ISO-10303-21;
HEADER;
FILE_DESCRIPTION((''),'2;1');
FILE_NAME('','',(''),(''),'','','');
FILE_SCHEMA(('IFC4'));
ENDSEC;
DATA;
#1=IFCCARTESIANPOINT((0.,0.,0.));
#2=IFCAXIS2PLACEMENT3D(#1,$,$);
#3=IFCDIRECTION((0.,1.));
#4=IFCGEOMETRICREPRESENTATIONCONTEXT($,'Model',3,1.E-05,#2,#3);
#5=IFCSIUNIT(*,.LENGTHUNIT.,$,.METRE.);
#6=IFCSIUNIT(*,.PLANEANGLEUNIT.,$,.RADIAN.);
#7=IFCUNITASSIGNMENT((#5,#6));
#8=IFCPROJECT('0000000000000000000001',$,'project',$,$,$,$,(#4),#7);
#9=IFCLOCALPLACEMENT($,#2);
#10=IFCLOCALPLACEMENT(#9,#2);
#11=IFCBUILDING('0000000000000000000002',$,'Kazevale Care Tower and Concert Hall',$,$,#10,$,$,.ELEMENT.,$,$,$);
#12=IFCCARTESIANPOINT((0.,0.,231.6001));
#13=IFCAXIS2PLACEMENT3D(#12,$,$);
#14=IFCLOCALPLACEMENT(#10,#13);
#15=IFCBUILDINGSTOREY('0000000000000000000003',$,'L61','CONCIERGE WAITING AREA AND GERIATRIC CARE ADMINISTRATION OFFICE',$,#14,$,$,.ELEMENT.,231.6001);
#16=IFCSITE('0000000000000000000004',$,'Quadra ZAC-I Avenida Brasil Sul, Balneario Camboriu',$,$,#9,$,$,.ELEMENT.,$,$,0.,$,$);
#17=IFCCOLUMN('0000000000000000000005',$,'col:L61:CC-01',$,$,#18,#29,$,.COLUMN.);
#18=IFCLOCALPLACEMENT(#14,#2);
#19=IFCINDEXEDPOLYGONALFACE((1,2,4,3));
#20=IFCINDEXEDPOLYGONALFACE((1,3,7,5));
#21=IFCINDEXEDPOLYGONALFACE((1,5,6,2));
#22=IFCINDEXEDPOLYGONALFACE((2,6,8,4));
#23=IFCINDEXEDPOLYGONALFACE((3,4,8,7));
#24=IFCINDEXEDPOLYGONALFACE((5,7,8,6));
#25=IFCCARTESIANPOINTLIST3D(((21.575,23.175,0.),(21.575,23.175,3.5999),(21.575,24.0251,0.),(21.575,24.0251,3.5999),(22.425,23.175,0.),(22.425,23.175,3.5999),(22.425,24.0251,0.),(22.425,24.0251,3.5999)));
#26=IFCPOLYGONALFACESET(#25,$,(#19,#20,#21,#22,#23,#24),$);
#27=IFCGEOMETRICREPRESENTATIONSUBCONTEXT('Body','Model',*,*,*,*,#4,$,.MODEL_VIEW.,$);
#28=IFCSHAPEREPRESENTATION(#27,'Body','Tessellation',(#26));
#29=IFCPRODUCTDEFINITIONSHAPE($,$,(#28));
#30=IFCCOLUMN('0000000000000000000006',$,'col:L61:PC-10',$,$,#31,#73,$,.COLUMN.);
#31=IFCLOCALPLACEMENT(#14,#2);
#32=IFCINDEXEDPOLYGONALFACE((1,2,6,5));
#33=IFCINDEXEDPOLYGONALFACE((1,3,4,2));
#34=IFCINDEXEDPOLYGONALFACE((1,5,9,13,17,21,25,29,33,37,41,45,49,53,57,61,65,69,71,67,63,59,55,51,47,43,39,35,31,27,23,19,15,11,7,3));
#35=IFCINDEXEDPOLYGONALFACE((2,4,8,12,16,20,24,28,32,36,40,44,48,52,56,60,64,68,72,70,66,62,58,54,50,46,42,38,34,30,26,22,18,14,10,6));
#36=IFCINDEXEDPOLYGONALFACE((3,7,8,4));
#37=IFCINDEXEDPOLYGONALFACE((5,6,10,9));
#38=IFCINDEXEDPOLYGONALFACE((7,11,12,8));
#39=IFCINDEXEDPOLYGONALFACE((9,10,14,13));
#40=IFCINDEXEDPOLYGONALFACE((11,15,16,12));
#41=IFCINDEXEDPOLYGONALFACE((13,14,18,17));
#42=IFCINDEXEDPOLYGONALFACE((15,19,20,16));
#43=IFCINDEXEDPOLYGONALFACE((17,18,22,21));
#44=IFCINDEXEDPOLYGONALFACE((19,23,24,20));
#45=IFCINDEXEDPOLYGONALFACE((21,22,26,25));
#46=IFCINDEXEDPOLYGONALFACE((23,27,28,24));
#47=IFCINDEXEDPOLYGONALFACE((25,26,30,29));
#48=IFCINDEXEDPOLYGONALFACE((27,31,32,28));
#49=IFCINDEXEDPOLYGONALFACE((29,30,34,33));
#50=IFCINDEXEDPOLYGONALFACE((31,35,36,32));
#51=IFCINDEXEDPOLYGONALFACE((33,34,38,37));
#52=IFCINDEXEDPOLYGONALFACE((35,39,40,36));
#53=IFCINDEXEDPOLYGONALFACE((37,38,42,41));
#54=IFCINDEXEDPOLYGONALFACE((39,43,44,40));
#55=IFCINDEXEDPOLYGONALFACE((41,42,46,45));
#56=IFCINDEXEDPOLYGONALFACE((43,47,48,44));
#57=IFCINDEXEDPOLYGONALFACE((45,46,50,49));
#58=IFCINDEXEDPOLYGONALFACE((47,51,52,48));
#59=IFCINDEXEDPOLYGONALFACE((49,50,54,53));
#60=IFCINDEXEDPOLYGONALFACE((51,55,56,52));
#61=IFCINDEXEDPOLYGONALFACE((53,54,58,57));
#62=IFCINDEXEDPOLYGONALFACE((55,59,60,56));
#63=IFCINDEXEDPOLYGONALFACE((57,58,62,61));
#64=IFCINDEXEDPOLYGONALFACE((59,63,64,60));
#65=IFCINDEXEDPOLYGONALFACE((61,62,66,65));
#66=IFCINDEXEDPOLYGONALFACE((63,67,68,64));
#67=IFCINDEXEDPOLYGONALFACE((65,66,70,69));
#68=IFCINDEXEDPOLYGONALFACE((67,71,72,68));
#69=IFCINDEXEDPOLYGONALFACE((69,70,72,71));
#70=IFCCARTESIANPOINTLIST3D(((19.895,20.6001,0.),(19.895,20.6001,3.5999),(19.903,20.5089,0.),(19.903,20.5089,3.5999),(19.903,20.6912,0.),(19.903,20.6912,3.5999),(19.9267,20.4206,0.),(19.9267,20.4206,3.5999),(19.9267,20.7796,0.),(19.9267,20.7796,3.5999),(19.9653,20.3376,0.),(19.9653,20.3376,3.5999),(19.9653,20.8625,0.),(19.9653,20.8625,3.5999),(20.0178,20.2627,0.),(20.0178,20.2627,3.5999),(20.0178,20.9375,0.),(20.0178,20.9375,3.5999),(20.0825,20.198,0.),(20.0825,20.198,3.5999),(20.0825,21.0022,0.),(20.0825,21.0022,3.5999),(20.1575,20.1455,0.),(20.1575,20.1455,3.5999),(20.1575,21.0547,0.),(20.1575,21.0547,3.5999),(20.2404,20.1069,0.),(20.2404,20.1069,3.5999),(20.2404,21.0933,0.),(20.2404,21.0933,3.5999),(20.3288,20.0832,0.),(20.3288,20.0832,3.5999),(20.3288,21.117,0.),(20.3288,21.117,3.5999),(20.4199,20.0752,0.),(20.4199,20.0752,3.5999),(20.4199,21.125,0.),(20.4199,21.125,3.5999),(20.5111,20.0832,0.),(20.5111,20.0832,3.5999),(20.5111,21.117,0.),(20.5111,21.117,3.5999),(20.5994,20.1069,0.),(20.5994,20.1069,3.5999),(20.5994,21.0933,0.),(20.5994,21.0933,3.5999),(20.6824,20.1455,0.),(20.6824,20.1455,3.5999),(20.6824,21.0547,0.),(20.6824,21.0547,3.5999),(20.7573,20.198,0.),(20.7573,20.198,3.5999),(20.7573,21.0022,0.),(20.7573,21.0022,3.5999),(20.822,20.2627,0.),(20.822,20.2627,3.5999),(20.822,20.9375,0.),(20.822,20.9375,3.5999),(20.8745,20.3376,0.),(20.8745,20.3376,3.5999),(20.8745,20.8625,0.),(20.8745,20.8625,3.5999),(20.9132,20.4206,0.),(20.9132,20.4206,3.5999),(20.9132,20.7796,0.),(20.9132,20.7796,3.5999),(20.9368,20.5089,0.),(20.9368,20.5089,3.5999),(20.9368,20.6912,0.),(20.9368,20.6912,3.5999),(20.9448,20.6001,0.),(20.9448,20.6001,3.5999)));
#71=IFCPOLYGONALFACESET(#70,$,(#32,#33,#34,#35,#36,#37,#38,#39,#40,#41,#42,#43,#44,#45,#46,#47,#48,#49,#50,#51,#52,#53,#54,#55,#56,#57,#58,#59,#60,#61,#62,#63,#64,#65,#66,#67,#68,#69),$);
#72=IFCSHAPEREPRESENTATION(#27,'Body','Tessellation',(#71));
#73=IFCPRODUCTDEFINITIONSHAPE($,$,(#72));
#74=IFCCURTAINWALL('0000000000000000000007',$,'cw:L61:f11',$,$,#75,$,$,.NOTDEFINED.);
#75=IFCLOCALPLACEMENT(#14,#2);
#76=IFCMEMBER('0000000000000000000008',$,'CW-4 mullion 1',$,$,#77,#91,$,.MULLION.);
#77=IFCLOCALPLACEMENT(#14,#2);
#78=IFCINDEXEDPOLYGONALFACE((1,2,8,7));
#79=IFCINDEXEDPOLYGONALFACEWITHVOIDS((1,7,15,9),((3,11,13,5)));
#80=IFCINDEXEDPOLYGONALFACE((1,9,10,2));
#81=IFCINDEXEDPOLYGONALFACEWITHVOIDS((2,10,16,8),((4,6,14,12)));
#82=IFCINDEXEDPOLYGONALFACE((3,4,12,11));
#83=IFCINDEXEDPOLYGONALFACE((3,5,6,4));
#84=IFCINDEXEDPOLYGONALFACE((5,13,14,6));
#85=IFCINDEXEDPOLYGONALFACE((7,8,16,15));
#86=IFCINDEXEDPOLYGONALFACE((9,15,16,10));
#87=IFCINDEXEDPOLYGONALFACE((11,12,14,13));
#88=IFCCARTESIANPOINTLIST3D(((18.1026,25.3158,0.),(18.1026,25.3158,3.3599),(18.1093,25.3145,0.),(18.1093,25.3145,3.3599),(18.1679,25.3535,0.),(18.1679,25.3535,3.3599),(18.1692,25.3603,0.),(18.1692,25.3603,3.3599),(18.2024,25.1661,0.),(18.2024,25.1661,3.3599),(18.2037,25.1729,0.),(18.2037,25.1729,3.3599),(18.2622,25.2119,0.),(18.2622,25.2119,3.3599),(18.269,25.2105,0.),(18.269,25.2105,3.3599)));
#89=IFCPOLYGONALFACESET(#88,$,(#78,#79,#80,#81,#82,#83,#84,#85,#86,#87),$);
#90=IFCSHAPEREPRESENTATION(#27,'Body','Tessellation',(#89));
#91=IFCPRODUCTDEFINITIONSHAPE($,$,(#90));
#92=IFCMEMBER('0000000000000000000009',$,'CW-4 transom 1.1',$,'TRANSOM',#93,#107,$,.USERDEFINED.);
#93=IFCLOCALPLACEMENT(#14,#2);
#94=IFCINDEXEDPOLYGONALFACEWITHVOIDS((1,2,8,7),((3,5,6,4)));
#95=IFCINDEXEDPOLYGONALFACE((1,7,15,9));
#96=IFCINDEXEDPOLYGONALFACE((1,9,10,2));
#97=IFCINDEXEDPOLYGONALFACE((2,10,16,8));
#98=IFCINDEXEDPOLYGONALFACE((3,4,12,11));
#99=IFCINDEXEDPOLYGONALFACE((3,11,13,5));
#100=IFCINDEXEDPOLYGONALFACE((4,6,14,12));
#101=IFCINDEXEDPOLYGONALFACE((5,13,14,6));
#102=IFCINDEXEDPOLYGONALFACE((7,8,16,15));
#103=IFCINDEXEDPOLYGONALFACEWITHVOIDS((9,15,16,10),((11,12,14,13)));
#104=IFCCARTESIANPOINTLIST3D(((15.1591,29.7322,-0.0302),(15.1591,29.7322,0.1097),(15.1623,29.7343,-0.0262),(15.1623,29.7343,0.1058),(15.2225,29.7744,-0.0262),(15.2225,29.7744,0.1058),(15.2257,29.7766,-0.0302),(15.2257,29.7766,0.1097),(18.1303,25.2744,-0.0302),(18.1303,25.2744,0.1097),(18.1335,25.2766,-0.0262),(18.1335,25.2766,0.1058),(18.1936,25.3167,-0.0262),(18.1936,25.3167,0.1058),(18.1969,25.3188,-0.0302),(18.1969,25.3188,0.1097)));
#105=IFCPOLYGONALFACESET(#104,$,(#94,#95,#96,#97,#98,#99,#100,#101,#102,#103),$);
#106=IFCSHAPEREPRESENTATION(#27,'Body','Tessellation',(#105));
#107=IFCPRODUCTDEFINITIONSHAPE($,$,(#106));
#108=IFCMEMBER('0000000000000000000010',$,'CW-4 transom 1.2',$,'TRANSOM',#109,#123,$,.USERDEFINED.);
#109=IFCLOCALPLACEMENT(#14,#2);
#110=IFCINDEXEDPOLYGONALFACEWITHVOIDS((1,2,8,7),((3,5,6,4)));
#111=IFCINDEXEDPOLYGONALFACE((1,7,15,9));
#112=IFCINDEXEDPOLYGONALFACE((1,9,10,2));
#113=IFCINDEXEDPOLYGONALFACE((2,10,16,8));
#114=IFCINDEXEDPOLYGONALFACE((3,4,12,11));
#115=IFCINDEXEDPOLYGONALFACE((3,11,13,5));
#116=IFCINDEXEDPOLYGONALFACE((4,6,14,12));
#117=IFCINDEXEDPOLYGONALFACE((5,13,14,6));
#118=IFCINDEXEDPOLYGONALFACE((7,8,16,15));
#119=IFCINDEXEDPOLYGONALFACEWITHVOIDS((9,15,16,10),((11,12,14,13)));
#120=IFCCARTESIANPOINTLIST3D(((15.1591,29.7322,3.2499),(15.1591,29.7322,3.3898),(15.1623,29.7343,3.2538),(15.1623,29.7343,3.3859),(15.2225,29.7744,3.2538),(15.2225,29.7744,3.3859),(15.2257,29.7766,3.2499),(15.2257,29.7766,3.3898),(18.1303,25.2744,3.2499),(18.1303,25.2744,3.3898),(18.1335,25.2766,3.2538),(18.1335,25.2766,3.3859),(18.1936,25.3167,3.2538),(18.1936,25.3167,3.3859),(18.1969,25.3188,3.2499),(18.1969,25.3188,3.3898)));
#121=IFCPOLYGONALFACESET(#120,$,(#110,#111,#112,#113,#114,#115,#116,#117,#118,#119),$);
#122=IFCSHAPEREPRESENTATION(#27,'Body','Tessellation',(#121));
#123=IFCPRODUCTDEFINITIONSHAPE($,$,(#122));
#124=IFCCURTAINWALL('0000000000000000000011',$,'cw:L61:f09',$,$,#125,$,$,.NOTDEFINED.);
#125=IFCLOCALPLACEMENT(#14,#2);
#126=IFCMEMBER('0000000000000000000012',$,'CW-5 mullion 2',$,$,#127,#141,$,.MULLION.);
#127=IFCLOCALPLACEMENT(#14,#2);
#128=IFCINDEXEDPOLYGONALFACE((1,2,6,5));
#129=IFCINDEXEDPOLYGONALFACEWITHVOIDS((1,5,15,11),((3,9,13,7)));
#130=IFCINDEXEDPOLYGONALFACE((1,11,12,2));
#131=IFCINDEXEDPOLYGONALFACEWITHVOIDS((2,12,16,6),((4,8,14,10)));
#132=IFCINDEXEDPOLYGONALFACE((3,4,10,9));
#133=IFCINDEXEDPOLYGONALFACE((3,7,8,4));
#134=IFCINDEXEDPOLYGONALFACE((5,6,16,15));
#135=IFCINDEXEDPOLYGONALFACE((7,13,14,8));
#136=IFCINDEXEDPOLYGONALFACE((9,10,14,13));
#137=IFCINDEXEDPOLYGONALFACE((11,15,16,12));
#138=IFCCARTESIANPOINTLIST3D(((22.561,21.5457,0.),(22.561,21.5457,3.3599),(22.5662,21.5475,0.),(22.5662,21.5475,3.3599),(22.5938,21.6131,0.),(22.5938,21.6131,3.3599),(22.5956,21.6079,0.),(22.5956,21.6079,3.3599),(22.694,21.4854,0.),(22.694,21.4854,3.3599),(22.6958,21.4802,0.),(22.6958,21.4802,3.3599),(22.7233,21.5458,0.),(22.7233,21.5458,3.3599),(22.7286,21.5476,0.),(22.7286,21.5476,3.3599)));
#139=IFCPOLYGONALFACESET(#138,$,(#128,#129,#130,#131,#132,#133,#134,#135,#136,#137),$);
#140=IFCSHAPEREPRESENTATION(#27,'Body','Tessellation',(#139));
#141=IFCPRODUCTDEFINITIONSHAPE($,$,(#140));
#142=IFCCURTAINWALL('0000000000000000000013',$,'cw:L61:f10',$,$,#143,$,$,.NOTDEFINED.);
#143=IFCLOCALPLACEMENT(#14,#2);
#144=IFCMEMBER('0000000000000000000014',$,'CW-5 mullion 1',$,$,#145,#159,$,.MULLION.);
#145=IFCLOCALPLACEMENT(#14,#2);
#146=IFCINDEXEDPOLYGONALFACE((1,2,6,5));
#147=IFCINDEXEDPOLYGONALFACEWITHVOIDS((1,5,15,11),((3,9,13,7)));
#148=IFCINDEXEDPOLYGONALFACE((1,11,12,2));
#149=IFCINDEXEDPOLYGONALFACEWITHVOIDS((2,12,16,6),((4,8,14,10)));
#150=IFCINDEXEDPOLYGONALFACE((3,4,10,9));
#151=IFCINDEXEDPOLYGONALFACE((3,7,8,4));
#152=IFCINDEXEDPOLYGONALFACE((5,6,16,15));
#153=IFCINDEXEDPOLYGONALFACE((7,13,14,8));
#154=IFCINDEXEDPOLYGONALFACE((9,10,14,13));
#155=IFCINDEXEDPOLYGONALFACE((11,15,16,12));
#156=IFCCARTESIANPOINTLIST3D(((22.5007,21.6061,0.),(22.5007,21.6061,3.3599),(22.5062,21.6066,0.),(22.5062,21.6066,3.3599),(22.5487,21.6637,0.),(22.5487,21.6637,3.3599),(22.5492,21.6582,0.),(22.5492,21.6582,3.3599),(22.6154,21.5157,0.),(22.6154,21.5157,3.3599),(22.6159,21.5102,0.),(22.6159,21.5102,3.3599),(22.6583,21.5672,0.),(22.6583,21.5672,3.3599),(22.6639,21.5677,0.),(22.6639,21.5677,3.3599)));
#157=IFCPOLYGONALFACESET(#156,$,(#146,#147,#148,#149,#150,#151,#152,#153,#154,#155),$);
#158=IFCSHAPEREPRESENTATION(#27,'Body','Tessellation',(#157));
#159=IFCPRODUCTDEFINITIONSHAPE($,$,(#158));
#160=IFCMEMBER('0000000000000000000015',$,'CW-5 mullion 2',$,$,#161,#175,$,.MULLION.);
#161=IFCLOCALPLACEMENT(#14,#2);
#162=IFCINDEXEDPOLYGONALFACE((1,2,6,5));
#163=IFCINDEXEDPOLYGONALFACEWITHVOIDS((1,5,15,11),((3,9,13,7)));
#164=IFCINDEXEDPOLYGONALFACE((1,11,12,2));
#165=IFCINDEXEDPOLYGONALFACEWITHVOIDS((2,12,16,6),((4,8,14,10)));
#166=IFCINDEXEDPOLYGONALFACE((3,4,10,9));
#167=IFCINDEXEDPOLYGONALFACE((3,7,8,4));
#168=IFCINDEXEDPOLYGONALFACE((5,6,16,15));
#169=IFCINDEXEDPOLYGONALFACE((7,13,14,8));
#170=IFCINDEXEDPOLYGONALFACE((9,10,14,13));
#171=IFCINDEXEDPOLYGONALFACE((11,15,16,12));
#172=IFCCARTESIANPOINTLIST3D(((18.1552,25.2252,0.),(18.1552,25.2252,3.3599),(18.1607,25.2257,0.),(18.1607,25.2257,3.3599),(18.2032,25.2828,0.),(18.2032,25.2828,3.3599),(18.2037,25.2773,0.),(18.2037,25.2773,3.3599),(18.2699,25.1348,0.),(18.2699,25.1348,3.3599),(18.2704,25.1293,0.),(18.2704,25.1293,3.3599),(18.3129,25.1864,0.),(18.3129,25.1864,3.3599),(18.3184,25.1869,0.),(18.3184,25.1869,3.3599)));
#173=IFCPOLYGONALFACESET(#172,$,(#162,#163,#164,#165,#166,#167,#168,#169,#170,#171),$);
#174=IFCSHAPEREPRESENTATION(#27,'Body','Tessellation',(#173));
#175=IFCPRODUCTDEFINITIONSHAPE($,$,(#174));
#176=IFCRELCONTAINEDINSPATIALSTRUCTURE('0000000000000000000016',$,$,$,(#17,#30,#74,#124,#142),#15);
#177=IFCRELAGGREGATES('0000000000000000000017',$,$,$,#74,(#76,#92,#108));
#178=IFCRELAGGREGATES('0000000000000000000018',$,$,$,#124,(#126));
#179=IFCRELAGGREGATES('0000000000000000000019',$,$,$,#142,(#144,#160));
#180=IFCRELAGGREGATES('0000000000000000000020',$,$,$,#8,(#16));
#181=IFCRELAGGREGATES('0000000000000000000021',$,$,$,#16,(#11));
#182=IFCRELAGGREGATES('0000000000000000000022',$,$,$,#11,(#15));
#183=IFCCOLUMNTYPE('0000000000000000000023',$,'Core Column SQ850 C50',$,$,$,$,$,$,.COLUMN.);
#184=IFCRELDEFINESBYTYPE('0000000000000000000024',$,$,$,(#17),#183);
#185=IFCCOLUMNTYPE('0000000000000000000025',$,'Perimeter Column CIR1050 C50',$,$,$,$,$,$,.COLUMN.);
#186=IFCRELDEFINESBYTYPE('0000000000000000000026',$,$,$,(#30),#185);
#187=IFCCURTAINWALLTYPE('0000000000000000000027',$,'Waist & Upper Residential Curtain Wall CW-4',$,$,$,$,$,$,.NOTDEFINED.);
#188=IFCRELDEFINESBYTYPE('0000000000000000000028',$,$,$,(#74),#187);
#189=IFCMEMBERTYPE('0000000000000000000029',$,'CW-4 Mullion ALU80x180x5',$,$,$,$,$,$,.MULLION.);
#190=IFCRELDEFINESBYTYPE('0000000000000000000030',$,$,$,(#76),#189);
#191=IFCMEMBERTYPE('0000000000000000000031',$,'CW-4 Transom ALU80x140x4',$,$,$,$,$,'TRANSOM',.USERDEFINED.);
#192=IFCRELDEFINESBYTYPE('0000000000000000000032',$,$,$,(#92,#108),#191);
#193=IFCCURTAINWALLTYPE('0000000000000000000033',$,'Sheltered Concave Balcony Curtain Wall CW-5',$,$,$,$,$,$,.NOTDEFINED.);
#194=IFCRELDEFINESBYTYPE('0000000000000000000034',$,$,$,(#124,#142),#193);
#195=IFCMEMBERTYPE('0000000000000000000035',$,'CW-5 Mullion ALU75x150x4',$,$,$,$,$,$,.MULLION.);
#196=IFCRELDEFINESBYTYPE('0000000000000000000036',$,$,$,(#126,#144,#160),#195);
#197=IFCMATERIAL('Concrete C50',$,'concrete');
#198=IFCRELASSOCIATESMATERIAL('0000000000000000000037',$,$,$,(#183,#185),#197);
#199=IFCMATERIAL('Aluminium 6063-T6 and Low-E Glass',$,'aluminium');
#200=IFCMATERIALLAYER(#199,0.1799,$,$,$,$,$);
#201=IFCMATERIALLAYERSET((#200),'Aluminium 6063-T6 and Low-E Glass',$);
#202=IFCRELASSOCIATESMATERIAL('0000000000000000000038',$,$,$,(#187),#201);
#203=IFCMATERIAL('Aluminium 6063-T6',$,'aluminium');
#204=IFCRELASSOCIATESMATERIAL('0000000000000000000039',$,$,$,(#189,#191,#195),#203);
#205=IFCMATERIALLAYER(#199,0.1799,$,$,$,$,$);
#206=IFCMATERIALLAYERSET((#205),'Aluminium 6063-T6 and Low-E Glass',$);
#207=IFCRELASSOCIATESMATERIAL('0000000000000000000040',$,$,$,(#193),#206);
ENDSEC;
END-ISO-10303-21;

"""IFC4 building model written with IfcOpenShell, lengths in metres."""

from ifc_helpers import new_model, si_unit, direction, frame, origin, origin_2d, place, context, subcontext, project, spatial, rectangle, hollow_rectangle, circle, extrude, material, layer, layer_set, material_profile, profile_set, type_object, element, aggregate, save


model = new_model("IFC4")

# Units and contexts
model_context = context("Model", 3, precision=1e-05, world=origin(), true_north=direction((0.0, 1.0)))
body_context = subcontext(model_context, "Body", "Model", "MODEL_VIEW")
ifc_project = project(units=[si_unit("LENGTHUNIT", "METRE"), si_unit("PLANEANGLEUNIT", "RADIAN")], contexts=[model_context])

# Site, building, storey
site_placement = place(None, origin())
site = spatial("IfcSite", under=ifc_project, at=site_placement, Name="Quadra ZAC-I Avenida Brasil Sul, Balneario Camboriu", CompositionType="ELEMENT", RefElevation=0.0)
building_placement = place(site_placement, origin())
building = spatial("IfcBuilding", under=site, at=building_placement, Name="Kazevale Care Tower and Concert Hall", CompositionType="ELEMENT")
storey_placement = place(building_placement, frame((0.0, 0.0, 231.6001)))
storey = spatial("IfcBuildingStorey", under=building, at=storey_placement, Name="L61", Description="CONCIERGE WAITING AREA AND GERIATRIC CARE ADMINISTRATION OFFICE", CompositionType="ELEMENT", Elevation=231.6001)

# Columns
ifc_material_1 = material(Name="Concrete C50", Category="concrete")
ifc_material_profile_1 = material_profile(ifc_material_1, rectangle(XDim=0.8501, YDim=0.8501, at=origin_2d()), Name="RC-SQ850")
ifc_profile_set_1 = profile_set([ifc_material_profile_1], Name="Concrete C50")
column_type_1 = type_object("IfcColumnType", Name="Core Column SQ850 C50", PredefinedType="COLUMN", material=ifc_profile_set_1)
column_1_placement = place(storey_placement, frame((22.0, 23.6001, 0.0), z_axis=(0.0, 0.0, 1.0), x_axis=(1.0, 0.0, 0.0)))
element("IfcColumn", 1, at=column_1_placement, inside=storey, type_object=column_type_1, Name="col:L61:CC-01", PredefinedType="COLUMN", context=body_context, shape_type="SweptSolid", body=[
    extrude(rectangle(XDim=0.8501, YDim=0.8501, at=origin_2d()), origin(), (0.0, 0.0, 1.0), 3.5999),
])
ifc_material_profile_2 = material_profile(ifc_material_1, circle(Radius=0.5249, at=origin_2d()), Name="RC-CIR1050")
ifc_profile_set_2 = profile_set([ifc_material_profile_2], Name="Concrete C50")
column_type_2 = type_object("IfcColumnType", Name="Perimeter Column CIR1050 C50", PredefinedType="COLUMN", material=ifc_profile_set_2)
column_2_placement = place(storey_placement, frame((20.4199, 20.6001, 0.0), z_axis=(0.0, 0.0, 1.0), x_axis=(1.0, 0.0, 0.0)))
element("IfcColumn", 2, at=column_2_placement, inside=storey, type_object=column_type_2, Name="col:L61:PC-10", PredefinedType="COLUMN", context=body_context, shape_type="SweptSolid", body=[
    extrude(circle(Radius=0.5249, at=origin_2d()), origin(), (0.0, 0.0, 1.0), 3.5999),
])

# Curtain wall, members
ifc_material_2 = material(Name="Aluminium 6063-T6 and Low-E Glass", Category="aluminium")
ifc_layer_1 = layer(ifc_material_2, 0.1799)
ifc_layer_set_1 = layer_set([ifc_layer_1], Name="Aluminium 6063-T6 and Low-E Glass")
curtain_wall_type_1 = type_object("IfcCurtainWallType", Name="Waist & Upper Residential Curtain Wall CW-4", PredefinedType="NOTDEFINED", material=ifc_layer_set_1)
curtain_wall_1_placement = place(storey_placement, origin())
curtain_wall_1 = element("IfcCurtainWall", 3, at=curtain_wall_1_placement, inside=storey, type_object=curtain_wall_type_1, Name="cw:L61:f11", PredefinedType="NOTDEFINED")
ifc_material_3 = material(Name="Aluminium 6063-T6", Category="aluminium")
ifc_material_profile_3 = material_profile(ifc_material_3, hollow_rectangle(XDim=0.0801, YDim=0.1799, WallThickness=0.0049, at=origin_2d()), Name="ALU80x180x5")
ifc_profile_set_3 = profile_set([ifc_material_profile_3], Name="Aluminium 6063-T6")
member_type_1 = type_object("IfcMemberType", Name="CW-4 Mullion ALU80x180x5", PredefinedType="MULLION", material=ifc_profile_set_3)
member_1_placement = place(storey_placement, frame((18.1858, 25.2632, 0.0), z_axis=(0.0, 0.0, 1.0), x_axis=(-0.832106, -0.554617, 0.0)))
member_1 = element("IfcMember", 4, at=member_1_placement, type_object=member_type_1, Name="CW-4 mullion 1", PredefinedType="MULLION", context=body_context, shape_type="SweptSolid", body=[
    extrude(hollow_rectangle(XDim=0.0801, YDim=0.1799, WallThickness=0.0049, at=origin_2d()), origin(), (0.0, 0.0, 1.0), 3.3599),
])
ifc_material_profile_4 = material_profile(ifc_material_3, hollow_rectangle(XDim=0.0801, YDim=0.1399, WallThickness=0.0039, at=origin_2d()), Name="ALU80x140x4")
ifc_profile_set_4 = profile_set([ifc_material_profile_4], Name="Aluminium 6063-T6")
member_type_2 = type_object("IfcMemberType", Name="CW-4 Transom ALU80x140x4", ElementType="TRANSOM", PredefinedType="USERDEFINED", material=ifc_profile_set_4)
member_2_placement = place(storey_placement, frame((18.1636, 25.2966, 0.0398), z_axis=(-0.554616, 0.832106, 0.0), x_axis=(-0.832106, -0.554616, 0.0)))
member_2 = element("IfcMember", 5, at=member_2_placement, type_object=member_type_2, Name="CW-4 transom 1.1", ObjectType="TRANSOM", PredefinedType="USERDEFINED", context=body_context, shape_type="SweptSolid", body=[
    extrude(hollow_rectangle(XDim=0.0801, YDim=0.1399, WallThickness=0.0039, at=origin_2d()), origin(), (0.0, 0.0, 1.0), 5.3572),
])
member_3_placement = place(storey_placement, frame((18.1636, 25.2966, 3.3198), z_axis=(-0.554616, 0.832106, 0.0), x_axis=(-0.832106, -0.554616, 0.0)))
member_3 = element("IfcMember", 6, at=member_3_placement, type_object=member_type_2, Name="CW-4 transom 1.2", ObjectType="TRANSOM", PredefinedType="USERDEFINED", context=body_context, shape_type="SweptSolid", body=[
    extrude(hollow_rectangle(XDim=0.0801, YDim=0.1399, WallThickness=0.0039, at=origin_2d()), origin(), (0.0, 0.0, 1.0), 5.3572),
])

# Curtain wall, member
ifc_layer_2 = layer(ifc_material_2, 0.1799)
ifc_layer_set_2 = layer_set([ifc_layer_2], Name="Aluminium 6063-T6 and Low-E Glass")
curtain_wall_type_2 = type_object("IfcCurtainWallType", Name="Sheltered Concave Balcony Curtain Wall CW-5", PredefinedType="NOTDEFINED", material=ifc_layer_set_2)
curtain_wall_2_placement = place(storey_placement, origin())
curtain_wall_2 = element("IfcCurtainWall", 7, at=curtain_wall_2_placement, inside=storey, type_object=curtain_wall_type_2, Name="cw:L61:f09", PredefinedType="NOTDEFINED")
ifc_material_profile_5 = material_profile(ifc_material_3, hollow_rectangle(XDim=0.075, YDim=0.1499, WallThickness=0.0039, at=origin_2d()), Name="ALU75x150x4")
ifc_profile_set_5 = profile_set([ifc_material_profile_5], Name="Aluminium 6063-T6")
member_type_3 = type_object("IfcMemberType", Name="CW-5 Mullion ALU75x150x4", PredefinedType="MULLION", material=ifc_profile_set_5)
member_4_placement = place(storey_placement, frame((22.6448, 21.5466, 0.0), z_axis=(0.0, 0.0, 1.0), x_axis=(-0.437238, -0.899346, 0.0)))
member_4 = element("IfcMember", 8, at=member_4_placement, type_object=member_type_3, Name="CW-5 mullion 2", PredefinedType="MULLION", context=body_context, shape_type="SweptSolid", body=[
    extrude(hollow_rectangle(XDim=0.075, YDim=0.1499, WallThickness=0.0039, at=origin_2d()), origin(), (0.0, 0.0, 1.0), 3.3599),
])

# Curtain wall, members
curtain_wall_3_placement = place(storey_placement, origin())
curtain_wall_3 = element("IfcCurtainWall", 9, at=curtain_wall_3_placement, inside=storey, type_object=curtain_wall_type_2, Name="cw:L61:f10", PredefinedType="NOTDEFINED")
member_5_placement = place(storey_placement, frame((22.5823, 21.5869, 0.0), z_axis=(0.0, 0.0, 1.0), x_axis=(-0.639961, -0.768407, 0.0)))
member_5 = element("IfcMember", 10, at=member_5_placement, type_object=member_type_3, Name="CW-5 mullion 1", PredefinedType="MULLION", context=body_context, shape_type="SweptSolid", body=[
    extrude(hollow_rectangle(XDim=0.075, YDim=0.1499, WallThickness=0.0039, at=origin_2d()), origin(), (0.0, 0.0, 1.0), 3.3599),
])
member_6_placement = place(storey_placement, frame((18.2368, 25.2061, 0.0), z_axis=(0.0, 0.0, 1.0), x_axis=(-0.639961, -0.768407, 0.0)))
member_6 = element("IfcMember", 11, at=member_6_placement, type_object=member_type_3, Name="CW-5 mullion 2", PredefinedType="MULLION", context=body_context, shape_type="SweptSolid", body=[
    extrude(hollow_rectangle(XDim=0.075, YDim=0.1499, WallThickness=0.0039, at=origin_2d()), origin(), (0.0, 0.0, 1.0), 3.3599),
])

aggregate(curtain_wall_1, [member_1, member_2, member_3])
aggregate(curtain_wall_2, [member_4])
aggregate(curtain_wall_3, [member_5, member_6])

save(model, "model.ifc")
